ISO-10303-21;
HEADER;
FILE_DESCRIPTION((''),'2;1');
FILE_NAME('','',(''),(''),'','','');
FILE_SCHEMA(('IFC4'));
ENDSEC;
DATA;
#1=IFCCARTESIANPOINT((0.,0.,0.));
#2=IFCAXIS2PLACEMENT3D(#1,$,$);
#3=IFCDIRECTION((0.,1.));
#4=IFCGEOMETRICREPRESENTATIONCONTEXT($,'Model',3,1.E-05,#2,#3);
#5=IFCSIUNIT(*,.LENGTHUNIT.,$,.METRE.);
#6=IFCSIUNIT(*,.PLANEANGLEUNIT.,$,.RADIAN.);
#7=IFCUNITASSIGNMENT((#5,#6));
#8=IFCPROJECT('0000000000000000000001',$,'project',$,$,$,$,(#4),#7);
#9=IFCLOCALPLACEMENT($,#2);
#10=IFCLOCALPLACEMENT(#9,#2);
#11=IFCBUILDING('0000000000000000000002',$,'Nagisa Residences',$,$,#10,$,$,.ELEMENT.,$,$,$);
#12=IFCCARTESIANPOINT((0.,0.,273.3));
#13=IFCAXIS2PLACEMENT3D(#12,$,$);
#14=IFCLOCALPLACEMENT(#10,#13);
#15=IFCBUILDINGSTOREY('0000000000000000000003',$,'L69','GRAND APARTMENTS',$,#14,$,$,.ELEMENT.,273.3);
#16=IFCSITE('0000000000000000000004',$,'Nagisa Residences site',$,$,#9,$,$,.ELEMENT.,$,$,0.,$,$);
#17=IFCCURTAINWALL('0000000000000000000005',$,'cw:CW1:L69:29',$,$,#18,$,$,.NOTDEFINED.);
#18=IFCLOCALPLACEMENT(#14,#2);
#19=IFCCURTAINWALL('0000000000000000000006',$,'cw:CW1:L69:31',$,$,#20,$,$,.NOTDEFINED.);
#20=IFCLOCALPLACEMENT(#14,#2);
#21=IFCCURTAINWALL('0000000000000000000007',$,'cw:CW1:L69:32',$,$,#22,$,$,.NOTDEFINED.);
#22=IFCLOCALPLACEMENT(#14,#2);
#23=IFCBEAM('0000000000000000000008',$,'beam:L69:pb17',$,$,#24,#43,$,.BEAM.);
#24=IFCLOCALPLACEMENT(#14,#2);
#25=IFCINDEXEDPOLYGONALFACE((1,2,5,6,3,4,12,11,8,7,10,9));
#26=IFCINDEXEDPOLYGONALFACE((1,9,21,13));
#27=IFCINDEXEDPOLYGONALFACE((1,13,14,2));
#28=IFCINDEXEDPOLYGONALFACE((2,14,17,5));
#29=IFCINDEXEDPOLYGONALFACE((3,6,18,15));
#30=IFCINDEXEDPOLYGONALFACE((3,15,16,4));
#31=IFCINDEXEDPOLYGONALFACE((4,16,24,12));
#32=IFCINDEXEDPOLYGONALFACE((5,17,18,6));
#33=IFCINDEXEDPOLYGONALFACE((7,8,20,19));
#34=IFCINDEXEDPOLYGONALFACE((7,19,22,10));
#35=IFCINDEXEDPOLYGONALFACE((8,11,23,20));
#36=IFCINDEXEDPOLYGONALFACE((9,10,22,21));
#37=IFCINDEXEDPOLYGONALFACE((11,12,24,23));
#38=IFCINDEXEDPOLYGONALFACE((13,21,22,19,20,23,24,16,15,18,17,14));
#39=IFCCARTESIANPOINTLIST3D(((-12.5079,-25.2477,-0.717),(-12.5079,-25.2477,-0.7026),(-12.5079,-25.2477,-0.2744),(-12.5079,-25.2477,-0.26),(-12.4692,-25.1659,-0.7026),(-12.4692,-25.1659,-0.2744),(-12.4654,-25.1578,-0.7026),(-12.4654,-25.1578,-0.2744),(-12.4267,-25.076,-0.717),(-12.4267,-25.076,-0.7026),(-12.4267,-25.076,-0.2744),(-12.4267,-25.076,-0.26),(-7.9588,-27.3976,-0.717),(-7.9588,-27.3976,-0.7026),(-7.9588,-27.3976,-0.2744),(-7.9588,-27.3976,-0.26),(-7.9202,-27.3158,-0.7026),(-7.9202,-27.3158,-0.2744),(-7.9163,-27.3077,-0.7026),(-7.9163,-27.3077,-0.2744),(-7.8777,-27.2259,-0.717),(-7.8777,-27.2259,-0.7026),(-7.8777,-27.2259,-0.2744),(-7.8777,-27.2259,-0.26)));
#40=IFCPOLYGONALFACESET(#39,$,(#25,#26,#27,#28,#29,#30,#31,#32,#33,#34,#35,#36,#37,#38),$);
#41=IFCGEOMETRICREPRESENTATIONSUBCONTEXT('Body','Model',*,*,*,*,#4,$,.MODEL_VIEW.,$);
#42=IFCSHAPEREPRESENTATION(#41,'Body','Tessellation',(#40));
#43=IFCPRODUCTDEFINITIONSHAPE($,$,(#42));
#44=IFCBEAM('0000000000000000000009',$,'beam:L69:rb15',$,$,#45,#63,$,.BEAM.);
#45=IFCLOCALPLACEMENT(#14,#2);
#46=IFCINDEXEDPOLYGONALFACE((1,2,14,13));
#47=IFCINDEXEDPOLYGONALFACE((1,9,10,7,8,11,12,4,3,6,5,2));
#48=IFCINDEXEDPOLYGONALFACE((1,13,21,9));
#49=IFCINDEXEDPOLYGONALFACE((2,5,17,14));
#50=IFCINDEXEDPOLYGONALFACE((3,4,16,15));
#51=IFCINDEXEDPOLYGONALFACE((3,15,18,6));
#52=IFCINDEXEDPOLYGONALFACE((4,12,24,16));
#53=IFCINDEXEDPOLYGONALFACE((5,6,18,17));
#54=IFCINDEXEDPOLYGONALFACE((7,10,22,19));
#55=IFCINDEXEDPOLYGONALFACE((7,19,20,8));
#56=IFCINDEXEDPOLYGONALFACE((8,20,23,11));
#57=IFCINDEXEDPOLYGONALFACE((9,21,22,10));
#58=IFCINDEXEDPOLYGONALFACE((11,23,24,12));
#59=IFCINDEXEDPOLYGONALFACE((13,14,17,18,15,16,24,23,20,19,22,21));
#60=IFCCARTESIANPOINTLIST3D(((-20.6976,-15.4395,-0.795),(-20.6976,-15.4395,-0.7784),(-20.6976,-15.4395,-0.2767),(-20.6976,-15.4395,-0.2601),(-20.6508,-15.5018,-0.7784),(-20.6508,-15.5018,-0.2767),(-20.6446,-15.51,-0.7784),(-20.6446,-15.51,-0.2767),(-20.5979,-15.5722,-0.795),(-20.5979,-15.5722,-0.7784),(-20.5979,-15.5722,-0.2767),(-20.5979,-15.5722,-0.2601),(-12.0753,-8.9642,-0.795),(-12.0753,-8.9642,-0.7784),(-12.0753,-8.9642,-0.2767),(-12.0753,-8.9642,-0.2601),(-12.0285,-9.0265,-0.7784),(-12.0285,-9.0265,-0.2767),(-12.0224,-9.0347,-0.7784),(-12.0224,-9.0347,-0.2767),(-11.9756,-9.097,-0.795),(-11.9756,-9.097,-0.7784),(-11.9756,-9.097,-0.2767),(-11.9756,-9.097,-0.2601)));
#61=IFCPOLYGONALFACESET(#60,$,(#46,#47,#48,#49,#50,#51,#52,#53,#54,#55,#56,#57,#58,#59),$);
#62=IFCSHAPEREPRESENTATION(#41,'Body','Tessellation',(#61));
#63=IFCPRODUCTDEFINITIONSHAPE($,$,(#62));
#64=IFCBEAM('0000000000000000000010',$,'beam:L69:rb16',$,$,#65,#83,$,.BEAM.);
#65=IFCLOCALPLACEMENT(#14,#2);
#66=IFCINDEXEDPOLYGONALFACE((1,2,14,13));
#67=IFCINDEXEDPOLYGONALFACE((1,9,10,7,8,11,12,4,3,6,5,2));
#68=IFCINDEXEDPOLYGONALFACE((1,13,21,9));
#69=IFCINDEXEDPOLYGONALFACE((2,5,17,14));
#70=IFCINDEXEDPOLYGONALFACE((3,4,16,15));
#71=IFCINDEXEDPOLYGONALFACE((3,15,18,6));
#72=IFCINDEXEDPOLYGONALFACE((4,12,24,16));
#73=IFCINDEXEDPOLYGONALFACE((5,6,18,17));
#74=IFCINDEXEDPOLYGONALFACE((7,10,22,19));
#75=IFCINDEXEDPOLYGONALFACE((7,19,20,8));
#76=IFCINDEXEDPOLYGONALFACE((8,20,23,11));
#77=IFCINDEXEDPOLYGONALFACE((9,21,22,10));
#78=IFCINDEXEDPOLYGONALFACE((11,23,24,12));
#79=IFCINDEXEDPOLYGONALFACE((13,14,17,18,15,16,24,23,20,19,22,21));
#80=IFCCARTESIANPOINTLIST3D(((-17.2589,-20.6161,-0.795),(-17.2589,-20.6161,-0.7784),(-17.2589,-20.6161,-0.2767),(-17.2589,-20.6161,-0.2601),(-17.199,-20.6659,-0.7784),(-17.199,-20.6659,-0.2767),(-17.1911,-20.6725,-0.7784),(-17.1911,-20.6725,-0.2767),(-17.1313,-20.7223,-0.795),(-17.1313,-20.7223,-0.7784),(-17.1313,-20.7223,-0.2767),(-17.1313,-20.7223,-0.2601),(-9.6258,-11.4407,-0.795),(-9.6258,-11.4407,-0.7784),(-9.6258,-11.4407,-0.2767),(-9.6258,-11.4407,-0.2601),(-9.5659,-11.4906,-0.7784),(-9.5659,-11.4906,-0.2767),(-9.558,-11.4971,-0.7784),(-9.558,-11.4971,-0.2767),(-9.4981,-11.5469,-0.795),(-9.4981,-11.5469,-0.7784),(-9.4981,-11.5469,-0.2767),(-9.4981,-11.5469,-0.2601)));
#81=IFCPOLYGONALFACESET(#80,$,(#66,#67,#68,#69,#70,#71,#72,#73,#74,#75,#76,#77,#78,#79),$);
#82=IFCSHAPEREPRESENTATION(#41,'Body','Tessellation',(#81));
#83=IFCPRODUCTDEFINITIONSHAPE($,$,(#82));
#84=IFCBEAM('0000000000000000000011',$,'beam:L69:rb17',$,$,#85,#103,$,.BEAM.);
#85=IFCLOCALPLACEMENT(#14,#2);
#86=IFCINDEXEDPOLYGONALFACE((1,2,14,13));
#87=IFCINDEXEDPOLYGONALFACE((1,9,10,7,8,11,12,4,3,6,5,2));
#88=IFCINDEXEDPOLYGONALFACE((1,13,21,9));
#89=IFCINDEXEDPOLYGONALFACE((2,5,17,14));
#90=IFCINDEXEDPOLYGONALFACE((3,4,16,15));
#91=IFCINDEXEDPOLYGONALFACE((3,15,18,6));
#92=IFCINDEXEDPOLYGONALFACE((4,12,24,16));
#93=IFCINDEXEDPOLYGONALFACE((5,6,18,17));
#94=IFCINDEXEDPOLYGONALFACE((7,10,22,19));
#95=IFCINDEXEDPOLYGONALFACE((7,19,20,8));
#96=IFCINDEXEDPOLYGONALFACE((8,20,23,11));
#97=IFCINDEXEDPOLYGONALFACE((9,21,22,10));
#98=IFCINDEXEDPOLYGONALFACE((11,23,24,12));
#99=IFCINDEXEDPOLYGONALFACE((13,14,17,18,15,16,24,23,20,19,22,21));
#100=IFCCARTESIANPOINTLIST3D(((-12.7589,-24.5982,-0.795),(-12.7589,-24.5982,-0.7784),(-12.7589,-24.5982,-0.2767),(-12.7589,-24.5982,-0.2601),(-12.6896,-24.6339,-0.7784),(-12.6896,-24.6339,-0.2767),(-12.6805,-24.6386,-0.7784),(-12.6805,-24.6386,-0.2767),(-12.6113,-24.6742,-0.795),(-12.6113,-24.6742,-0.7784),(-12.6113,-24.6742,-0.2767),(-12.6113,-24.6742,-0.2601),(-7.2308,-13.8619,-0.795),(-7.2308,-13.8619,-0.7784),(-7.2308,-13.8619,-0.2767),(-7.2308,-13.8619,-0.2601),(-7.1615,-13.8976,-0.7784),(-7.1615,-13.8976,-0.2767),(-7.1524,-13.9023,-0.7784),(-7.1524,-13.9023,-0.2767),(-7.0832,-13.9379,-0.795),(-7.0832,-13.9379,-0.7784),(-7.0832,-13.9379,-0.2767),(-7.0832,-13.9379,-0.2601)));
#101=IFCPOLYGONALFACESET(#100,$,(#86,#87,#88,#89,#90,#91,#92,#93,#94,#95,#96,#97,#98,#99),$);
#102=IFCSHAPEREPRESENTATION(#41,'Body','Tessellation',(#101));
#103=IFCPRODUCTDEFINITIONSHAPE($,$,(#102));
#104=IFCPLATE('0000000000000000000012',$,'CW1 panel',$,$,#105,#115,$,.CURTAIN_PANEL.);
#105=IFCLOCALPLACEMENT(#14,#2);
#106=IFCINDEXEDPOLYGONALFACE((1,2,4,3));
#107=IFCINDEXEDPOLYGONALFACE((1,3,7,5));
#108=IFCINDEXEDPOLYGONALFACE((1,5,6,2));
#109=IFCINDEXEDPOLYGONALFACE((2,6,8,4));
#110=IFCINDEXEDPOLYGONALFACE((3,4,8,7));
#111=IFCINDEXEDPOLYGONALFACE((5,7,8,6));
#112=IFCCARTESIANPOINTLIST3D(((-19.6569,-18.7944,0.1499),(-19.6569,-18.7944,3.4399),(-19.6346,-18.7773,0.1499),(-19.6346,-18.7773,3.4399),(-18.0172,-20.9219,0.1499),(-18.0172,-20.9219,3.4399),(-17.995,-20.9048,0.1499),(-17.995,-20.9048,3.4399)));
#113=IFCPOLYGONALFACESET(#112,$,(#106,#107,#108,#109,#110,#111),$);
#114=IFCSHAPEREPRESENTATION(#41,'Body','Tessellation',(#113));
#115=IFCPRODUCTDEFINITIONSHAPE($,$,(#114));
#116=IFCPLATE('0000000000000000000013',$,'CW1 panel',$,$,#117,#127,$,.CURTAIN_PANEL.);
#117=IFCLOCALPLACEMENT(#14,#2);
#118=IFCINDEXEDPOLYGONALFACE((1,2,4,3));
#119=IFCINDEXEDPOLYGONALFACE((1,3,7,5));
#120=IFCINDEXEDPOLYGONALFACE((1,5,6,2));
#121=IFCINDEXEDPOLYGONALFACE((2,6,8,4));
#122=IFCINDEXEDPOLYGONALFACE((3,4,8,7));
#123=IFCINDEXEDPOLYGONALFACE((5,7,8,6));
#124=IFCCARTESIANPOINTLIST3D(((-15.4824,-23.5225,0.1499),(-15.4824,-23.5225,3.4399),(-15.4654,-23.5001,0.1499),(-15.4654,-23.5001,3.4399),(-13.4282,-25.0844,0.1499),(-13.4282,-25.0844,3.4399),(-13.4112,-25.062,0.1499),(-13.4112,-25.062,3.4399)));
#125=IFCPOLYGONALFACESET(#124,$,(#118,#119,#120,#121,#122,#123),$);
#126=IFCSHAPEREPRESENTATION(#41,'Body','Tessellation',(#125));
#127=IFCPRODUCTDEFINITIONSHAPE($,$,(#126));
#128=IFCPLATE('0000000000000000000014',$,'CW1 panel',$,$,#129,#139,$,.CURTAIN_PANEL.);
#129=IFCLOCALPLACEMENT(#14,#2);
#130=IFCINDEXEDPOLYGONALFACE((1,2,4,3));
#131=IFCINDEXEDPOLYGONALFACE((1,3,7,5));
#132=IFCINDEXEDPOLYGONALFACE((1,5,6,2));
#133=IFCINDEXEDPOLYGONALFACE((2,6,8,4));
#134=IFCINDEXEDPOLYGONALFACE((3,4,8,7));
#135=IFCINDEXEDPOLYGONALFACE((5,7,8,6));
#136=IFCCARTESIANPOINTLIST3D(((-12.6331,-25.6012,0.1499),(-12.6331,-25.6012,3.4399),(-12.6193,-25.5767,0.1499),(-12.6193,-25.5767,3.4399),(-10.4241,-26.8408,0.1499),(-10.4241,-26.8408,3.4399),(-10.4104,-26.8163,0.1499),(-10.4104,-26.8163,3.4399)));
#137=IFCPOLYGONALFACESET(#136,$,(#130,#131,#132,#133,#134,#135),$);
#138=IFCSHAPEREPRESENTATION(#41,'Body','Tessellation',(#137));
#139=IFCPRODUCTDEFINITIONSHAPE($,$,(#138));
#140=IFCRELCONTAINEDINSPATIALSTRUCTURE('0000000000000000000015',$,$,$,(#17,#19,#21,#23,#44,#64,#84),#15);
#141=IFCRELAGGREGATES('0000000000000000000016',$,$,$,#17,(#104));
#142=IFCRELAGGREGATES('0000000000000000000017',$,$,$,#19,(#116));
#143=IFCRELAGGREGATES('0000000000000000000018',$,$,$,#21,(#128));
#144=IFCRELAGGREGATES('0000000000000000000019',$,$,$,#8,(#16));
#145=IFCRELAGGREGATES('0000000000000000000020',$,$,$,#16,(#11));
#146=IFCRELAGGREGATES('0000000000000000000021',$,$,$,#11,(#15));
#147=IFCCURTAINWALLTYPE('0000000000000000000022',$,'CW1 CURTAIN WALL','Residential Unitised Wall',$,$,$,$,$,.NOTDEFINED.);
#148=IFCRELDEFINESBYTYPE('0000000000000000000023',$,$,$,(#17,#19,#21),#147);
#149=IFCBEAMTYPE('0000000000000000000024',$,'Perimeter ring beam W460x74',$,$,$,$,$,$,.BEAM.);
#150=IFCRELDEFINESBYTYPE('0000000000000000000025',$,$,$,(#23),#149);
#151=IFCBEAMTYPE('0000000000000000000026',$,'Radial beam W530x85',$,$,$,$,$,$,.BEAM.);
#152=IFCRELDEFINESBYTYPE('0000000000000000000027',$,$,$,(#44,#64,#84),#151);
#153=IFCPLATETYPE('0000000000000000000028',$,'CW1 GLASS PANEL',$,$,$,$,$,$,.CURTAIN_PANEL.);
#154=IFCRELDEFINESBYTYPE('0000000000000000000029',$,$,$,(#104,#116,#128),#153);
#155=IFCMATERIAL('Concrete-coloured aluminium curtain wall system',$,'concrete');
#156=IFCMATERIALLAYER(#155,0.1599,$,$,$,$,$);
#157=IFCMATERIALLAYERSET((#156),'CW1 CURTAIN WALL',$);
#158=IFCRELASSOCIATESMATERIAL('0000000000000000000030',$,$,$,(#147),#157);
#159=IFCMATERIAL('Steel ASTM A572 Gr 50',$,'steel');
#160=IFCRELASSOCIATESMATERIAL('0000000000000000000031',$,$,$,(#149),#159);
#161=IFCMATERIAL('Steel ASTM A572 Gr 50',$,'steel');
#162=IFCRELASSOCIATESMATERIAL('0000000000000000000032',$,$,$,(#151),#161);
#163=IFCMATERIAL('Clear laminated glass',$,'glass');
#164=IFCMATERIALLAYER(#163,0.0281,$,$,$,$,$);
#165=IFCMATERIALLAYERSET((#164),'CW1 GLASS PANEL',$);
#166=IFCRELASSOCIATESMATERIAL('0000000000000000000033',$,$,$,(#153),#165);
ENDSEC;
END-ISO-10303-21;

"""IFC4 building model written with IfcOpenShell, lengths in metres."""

from ifc_helpers import new_model, si_unit, direction, frame, origin, origin_2d, place, context, subcontext, project, spatial, rectangle, i_section, extrude, material, layer, layer_set, material_profile, profile_set, type_object, element, aggregate, save


model = new_model("IFC4")

# Units and contexts
model_context = context("Model", 3, precision=1e-05, world=origin(), true_north=direction((0.0, 1.0)))
body_context = subcontext(model_context, "Body", "Model", "MODEL_VIEW")
ifc_project = project(units=[si_unit("LENGTHUNIT", "METRE"), si_unit("PLANEANGLEUNIT", "RADIAN")], contexts=[model_context])

# Site, building, storey
site_placement = place(None, origin())
site = spatial("IfcSite", under=ifc_project, at=site_placement, Name="Nagisa Residences site", CompositionType="ELEMENT", RefElevation=0.0)
building_placement = place(site_placement, origin())
building = spatial("IfcBuilding", under=site, at=building_placement, Name="Nagisa Residences", CompositionType="ELEMENT")
storey_placement = place(building_placement, frame((0.0, 0.0, 273.3)))
storey = spatial("IfcBuildingStorey", under=building, at=storey_placement, Name="L69", Description="GRAND APARTMENTS", CompositionType="ELEMENT", Elevation=273.3)

# Curtain walls
ifc_material_1 = material(Name="Concrete-coloured aluminium curtain wall system", Category="concrete")
ifc_layer_1 = layer(ifc_material_1, 0.1599)
ifc_layer_set_1 = layer_set([ifc_layer_1], Name="CW1 CURTAIN WALL")
curtain_wall_type = type_object("IfcCurtainWallType", Name="CW1 CURTAIN WALL", Description="Residential Unitised Wall", PredefinedType="NOTDEFINED", material=ifc_layer_set_1)
curtain_wall_1_placement = place(storey_placement, origin())
curtain_wall_1 = element("IfcCurtainWall", 1, at=curtain_wall_1_placement, inside=storey, type_object=curtain_wall_type, Name="cw:CW1:L69:29", PredefinedType="NOTDEFINED")
curtain_wall_2_placement = place(storey_placement, origin())
curtain_wall_2 = element("IfcCurtainWall", 2, at=curtain_wall_2_placement, inside=storey, type_object=curtain_wall_type, Name="cw:CW1:L69:31", PredefinedType="NOTDEFINED")
curtain_wall_3_placement = place(storey_placement, origin())
curtain_wall_3 = element("IfcCurtainWall", 3, at=curtain_wall_3_placement, inside=storey, type_object=curtain_wall_type, Name="cw:CW1:L69:32", PredefinedType="NOTDEFINED")

# Beams
ifc_material_2 = material(Name="Steel ASTM A572 Gr 50", Category="steel")
ifc_material_profile_1 = material_profile(ifc_material_2, i_section(OverallWidth=0.1899, OverallDepth=0.457, WebThickness=0.009, FlangeThickness=0.0144, at=origin_2d()), Name="W460x74")
ifc_profile_set_1 = profile_set([ifc_material_profile_1], Name="Steel ASTM A572 Gr 50")
beam_type_1 = type_object("IfcBeamType", Name="Perimeter ring beam W460x74", PredefinedType="BEAM", material=ifc_profile_set_1)
beam_1_placement = place(storey_placement, frame((-12.4673, -25.1619, -0.4885), z_axis=(0.904116, -0.427287, 0.0), x_axis=(0.427287, 0.904116, 0.0)))
element("IfcBeam", 4, at=beam_1_placement, inside=storey, type_object=beam_type_1, Name="beam:L69:pb17", PredefinedType="BEAM", context=body_context, shape_type="SweptSolid", body=[
    extrude(i_section(OverallWidth=0.1899, OverallDepth=0.457, WebThickness=0.009, FlangeThickness=0.0144, at=origin_2d()), origin(), (0.0, 0.0, 1.0), 5.0315),
])
ifc_material_3 = material(Name="Steel ASTM A572 Gr 50", Category="steel")
ifc_material_profile_2 = material_profile(ifc_material_3, i_section(OverallWidth=0.166, OverallDepth=0.5349, WebThickness=0.0103, FlangeThickness=0.0166, at=origin_2d()), Name="W530x85")
ifc_profile_set_2 = profile_set([ifc_material_profile_2], Name="Steel ASTM A572 Gr 50")
beam_type_2 = type_object("IfcBeamType", Name="Radial beam W530x85", PredefinedType="BEAM", material=ifc_profile_set_2)
beam_2_placement = place(storey_placement, frame((-20.6477, -15.5059, -0.5276), z_axis=(0.799617, 0.600511, 0.0), x_axis=(-0.600511, 0.799617, 0.0)))
element("IfcBeam", 5, at=beam_2_placement, inside=storey, type_object=beam_type_2, Name="beam:L69:rb15", PredefinedType="BEAM", context=body_context, shape_type="SweptSolid", body=[
    extrude(i_section(OverallWidth=0.166, OverallDepth=0.5349, WebThickness=0.0103, FlangeThickness=0.0166, at=origin_2d()), origin(), (0.0, 0.0, 1.0), 10.783),
])
beam_3_placement = place(storey_placement, frame((-17.1951, -20.6692, -0.5276), z_axis=(0.63954, 0.768758, 0.0), x_axis=(-0.768758, 0.63954, 0.0)))
element("IfcBeam", 6, at=beam_3_placement, inside=storey, type_object=beam_type_2, Name="beam:L69:rb16", PredefinedType="BEAM", context=body_context, shape_type="SweptSolid", body=[
    extrude(i_section(OverallWidth=0.166, OverallDepth=0.5349, WebThickness=0.0103, FlangeThickness=0.0166, at=origin_2d()), origin(), (0.0, 0.0, 1.0), 11.9353),
])
beam_4_placement = place(storey_placement, frame((-12.6851, -24.6362, -0.5276), z_axis=(0.457776, 0.889068, 0.0), x_axis=(-0.889068, 0.457776, 0.0)))
element("IfcBeam", 7, at=beam_4_placement, inside=storey, type_object=beam_type_2, Name="beam:L69:rb17", PredefinedType="BEAM", context=body_context, shape_type="SweptSolid", body=[
    extrude(i_section(OverallWidth=0.166, OverallDepth=0.5349, WebThickness=0.0103, FlangeThickness=0.0166, at=origin_2d()), origin(), (0.0, 0.0, 1.0), 12.0759),
])

# Plates
ifc_material_4 = material(Name="Clear laminated glass", Category="glass")
ifc_layer_2 = layer(ifc_material_4, 0.0281)
ifc_layer_set_2 = layer_set([ifc_layer_2], Name="CW1 GLASS PANEL")
plate_type = type_object("IfcPlateType", Name="CW1 GLASS PANEL", PredefinedType="CURTAIN_PANEL", material=ifc_layer_set_2)
plate_1_placement = place(storey_placement, frame((-18.8259, -19.8496, 0.1499), z_axis=(0.0, 0.0, 1.0), x_axis=(0.61043, -0.79207, 0.0)))
plate_1 = element("IfcPlate", 8, at=plate_1_placement, type_object=plate_type, Name="CW1 panel", PredefinedType="CURTAIN_PANEL", context=body_context, shape_type="SweptSolid", body=[
    extrude(rectangle(XDim=2.686, YDim=0.0281, at=origin_2d()), origin(), (0.0, 0.0, 1.0), 3.29),
])
aggregate(curtain_wall_1, [plate_1])
plate_2_placement = place(storey_placement, frame((-14.4468, -24.2922, 0.1499), z_axis=(0.0, 0.0, 1.0), x_axis=(0.796031, -0.605255, 0.0)))
plate_2 = element("IfcPlate", 9, at=plate_2_placement, type_object=plate_type, Name="CW1 panel", PredefinedType="CURTAIN_PANEL", context=body_context, shape_type="SweptSolid", body=[
    extrude(rectangle(XDim=2.5806, YDim=0.0281, at=origin_2d()), origin(), (0.0, 0.0, 1.0), 3.29),
])
aggregate(curtain_wall_2, [plate_2])
plate_3_placement = place(storey_placement, frame((-11.5217, -26.2087, 0.1499), z_axis=(0.0, 0.0, 1.0), x_axis=(0.872072, -0.489377, 0.0)))
plate_3 = element("IfcPlate", 10, at=plate_3_placement, type_object=plate_type, Name="CW1 panel", PredefinedType="CURTAIN_PANEL", context=body_context, shape_type="SweptSolid", body=[
    extrude(rectangle(XDim=2.533, YDim=0.0281, at=origin_2d()), origin(), (0.0, 0.0, 1.0), 3.29),
])
aggregate(curtain_wall_3, [plate_3])

save(model, "model.ifc")
